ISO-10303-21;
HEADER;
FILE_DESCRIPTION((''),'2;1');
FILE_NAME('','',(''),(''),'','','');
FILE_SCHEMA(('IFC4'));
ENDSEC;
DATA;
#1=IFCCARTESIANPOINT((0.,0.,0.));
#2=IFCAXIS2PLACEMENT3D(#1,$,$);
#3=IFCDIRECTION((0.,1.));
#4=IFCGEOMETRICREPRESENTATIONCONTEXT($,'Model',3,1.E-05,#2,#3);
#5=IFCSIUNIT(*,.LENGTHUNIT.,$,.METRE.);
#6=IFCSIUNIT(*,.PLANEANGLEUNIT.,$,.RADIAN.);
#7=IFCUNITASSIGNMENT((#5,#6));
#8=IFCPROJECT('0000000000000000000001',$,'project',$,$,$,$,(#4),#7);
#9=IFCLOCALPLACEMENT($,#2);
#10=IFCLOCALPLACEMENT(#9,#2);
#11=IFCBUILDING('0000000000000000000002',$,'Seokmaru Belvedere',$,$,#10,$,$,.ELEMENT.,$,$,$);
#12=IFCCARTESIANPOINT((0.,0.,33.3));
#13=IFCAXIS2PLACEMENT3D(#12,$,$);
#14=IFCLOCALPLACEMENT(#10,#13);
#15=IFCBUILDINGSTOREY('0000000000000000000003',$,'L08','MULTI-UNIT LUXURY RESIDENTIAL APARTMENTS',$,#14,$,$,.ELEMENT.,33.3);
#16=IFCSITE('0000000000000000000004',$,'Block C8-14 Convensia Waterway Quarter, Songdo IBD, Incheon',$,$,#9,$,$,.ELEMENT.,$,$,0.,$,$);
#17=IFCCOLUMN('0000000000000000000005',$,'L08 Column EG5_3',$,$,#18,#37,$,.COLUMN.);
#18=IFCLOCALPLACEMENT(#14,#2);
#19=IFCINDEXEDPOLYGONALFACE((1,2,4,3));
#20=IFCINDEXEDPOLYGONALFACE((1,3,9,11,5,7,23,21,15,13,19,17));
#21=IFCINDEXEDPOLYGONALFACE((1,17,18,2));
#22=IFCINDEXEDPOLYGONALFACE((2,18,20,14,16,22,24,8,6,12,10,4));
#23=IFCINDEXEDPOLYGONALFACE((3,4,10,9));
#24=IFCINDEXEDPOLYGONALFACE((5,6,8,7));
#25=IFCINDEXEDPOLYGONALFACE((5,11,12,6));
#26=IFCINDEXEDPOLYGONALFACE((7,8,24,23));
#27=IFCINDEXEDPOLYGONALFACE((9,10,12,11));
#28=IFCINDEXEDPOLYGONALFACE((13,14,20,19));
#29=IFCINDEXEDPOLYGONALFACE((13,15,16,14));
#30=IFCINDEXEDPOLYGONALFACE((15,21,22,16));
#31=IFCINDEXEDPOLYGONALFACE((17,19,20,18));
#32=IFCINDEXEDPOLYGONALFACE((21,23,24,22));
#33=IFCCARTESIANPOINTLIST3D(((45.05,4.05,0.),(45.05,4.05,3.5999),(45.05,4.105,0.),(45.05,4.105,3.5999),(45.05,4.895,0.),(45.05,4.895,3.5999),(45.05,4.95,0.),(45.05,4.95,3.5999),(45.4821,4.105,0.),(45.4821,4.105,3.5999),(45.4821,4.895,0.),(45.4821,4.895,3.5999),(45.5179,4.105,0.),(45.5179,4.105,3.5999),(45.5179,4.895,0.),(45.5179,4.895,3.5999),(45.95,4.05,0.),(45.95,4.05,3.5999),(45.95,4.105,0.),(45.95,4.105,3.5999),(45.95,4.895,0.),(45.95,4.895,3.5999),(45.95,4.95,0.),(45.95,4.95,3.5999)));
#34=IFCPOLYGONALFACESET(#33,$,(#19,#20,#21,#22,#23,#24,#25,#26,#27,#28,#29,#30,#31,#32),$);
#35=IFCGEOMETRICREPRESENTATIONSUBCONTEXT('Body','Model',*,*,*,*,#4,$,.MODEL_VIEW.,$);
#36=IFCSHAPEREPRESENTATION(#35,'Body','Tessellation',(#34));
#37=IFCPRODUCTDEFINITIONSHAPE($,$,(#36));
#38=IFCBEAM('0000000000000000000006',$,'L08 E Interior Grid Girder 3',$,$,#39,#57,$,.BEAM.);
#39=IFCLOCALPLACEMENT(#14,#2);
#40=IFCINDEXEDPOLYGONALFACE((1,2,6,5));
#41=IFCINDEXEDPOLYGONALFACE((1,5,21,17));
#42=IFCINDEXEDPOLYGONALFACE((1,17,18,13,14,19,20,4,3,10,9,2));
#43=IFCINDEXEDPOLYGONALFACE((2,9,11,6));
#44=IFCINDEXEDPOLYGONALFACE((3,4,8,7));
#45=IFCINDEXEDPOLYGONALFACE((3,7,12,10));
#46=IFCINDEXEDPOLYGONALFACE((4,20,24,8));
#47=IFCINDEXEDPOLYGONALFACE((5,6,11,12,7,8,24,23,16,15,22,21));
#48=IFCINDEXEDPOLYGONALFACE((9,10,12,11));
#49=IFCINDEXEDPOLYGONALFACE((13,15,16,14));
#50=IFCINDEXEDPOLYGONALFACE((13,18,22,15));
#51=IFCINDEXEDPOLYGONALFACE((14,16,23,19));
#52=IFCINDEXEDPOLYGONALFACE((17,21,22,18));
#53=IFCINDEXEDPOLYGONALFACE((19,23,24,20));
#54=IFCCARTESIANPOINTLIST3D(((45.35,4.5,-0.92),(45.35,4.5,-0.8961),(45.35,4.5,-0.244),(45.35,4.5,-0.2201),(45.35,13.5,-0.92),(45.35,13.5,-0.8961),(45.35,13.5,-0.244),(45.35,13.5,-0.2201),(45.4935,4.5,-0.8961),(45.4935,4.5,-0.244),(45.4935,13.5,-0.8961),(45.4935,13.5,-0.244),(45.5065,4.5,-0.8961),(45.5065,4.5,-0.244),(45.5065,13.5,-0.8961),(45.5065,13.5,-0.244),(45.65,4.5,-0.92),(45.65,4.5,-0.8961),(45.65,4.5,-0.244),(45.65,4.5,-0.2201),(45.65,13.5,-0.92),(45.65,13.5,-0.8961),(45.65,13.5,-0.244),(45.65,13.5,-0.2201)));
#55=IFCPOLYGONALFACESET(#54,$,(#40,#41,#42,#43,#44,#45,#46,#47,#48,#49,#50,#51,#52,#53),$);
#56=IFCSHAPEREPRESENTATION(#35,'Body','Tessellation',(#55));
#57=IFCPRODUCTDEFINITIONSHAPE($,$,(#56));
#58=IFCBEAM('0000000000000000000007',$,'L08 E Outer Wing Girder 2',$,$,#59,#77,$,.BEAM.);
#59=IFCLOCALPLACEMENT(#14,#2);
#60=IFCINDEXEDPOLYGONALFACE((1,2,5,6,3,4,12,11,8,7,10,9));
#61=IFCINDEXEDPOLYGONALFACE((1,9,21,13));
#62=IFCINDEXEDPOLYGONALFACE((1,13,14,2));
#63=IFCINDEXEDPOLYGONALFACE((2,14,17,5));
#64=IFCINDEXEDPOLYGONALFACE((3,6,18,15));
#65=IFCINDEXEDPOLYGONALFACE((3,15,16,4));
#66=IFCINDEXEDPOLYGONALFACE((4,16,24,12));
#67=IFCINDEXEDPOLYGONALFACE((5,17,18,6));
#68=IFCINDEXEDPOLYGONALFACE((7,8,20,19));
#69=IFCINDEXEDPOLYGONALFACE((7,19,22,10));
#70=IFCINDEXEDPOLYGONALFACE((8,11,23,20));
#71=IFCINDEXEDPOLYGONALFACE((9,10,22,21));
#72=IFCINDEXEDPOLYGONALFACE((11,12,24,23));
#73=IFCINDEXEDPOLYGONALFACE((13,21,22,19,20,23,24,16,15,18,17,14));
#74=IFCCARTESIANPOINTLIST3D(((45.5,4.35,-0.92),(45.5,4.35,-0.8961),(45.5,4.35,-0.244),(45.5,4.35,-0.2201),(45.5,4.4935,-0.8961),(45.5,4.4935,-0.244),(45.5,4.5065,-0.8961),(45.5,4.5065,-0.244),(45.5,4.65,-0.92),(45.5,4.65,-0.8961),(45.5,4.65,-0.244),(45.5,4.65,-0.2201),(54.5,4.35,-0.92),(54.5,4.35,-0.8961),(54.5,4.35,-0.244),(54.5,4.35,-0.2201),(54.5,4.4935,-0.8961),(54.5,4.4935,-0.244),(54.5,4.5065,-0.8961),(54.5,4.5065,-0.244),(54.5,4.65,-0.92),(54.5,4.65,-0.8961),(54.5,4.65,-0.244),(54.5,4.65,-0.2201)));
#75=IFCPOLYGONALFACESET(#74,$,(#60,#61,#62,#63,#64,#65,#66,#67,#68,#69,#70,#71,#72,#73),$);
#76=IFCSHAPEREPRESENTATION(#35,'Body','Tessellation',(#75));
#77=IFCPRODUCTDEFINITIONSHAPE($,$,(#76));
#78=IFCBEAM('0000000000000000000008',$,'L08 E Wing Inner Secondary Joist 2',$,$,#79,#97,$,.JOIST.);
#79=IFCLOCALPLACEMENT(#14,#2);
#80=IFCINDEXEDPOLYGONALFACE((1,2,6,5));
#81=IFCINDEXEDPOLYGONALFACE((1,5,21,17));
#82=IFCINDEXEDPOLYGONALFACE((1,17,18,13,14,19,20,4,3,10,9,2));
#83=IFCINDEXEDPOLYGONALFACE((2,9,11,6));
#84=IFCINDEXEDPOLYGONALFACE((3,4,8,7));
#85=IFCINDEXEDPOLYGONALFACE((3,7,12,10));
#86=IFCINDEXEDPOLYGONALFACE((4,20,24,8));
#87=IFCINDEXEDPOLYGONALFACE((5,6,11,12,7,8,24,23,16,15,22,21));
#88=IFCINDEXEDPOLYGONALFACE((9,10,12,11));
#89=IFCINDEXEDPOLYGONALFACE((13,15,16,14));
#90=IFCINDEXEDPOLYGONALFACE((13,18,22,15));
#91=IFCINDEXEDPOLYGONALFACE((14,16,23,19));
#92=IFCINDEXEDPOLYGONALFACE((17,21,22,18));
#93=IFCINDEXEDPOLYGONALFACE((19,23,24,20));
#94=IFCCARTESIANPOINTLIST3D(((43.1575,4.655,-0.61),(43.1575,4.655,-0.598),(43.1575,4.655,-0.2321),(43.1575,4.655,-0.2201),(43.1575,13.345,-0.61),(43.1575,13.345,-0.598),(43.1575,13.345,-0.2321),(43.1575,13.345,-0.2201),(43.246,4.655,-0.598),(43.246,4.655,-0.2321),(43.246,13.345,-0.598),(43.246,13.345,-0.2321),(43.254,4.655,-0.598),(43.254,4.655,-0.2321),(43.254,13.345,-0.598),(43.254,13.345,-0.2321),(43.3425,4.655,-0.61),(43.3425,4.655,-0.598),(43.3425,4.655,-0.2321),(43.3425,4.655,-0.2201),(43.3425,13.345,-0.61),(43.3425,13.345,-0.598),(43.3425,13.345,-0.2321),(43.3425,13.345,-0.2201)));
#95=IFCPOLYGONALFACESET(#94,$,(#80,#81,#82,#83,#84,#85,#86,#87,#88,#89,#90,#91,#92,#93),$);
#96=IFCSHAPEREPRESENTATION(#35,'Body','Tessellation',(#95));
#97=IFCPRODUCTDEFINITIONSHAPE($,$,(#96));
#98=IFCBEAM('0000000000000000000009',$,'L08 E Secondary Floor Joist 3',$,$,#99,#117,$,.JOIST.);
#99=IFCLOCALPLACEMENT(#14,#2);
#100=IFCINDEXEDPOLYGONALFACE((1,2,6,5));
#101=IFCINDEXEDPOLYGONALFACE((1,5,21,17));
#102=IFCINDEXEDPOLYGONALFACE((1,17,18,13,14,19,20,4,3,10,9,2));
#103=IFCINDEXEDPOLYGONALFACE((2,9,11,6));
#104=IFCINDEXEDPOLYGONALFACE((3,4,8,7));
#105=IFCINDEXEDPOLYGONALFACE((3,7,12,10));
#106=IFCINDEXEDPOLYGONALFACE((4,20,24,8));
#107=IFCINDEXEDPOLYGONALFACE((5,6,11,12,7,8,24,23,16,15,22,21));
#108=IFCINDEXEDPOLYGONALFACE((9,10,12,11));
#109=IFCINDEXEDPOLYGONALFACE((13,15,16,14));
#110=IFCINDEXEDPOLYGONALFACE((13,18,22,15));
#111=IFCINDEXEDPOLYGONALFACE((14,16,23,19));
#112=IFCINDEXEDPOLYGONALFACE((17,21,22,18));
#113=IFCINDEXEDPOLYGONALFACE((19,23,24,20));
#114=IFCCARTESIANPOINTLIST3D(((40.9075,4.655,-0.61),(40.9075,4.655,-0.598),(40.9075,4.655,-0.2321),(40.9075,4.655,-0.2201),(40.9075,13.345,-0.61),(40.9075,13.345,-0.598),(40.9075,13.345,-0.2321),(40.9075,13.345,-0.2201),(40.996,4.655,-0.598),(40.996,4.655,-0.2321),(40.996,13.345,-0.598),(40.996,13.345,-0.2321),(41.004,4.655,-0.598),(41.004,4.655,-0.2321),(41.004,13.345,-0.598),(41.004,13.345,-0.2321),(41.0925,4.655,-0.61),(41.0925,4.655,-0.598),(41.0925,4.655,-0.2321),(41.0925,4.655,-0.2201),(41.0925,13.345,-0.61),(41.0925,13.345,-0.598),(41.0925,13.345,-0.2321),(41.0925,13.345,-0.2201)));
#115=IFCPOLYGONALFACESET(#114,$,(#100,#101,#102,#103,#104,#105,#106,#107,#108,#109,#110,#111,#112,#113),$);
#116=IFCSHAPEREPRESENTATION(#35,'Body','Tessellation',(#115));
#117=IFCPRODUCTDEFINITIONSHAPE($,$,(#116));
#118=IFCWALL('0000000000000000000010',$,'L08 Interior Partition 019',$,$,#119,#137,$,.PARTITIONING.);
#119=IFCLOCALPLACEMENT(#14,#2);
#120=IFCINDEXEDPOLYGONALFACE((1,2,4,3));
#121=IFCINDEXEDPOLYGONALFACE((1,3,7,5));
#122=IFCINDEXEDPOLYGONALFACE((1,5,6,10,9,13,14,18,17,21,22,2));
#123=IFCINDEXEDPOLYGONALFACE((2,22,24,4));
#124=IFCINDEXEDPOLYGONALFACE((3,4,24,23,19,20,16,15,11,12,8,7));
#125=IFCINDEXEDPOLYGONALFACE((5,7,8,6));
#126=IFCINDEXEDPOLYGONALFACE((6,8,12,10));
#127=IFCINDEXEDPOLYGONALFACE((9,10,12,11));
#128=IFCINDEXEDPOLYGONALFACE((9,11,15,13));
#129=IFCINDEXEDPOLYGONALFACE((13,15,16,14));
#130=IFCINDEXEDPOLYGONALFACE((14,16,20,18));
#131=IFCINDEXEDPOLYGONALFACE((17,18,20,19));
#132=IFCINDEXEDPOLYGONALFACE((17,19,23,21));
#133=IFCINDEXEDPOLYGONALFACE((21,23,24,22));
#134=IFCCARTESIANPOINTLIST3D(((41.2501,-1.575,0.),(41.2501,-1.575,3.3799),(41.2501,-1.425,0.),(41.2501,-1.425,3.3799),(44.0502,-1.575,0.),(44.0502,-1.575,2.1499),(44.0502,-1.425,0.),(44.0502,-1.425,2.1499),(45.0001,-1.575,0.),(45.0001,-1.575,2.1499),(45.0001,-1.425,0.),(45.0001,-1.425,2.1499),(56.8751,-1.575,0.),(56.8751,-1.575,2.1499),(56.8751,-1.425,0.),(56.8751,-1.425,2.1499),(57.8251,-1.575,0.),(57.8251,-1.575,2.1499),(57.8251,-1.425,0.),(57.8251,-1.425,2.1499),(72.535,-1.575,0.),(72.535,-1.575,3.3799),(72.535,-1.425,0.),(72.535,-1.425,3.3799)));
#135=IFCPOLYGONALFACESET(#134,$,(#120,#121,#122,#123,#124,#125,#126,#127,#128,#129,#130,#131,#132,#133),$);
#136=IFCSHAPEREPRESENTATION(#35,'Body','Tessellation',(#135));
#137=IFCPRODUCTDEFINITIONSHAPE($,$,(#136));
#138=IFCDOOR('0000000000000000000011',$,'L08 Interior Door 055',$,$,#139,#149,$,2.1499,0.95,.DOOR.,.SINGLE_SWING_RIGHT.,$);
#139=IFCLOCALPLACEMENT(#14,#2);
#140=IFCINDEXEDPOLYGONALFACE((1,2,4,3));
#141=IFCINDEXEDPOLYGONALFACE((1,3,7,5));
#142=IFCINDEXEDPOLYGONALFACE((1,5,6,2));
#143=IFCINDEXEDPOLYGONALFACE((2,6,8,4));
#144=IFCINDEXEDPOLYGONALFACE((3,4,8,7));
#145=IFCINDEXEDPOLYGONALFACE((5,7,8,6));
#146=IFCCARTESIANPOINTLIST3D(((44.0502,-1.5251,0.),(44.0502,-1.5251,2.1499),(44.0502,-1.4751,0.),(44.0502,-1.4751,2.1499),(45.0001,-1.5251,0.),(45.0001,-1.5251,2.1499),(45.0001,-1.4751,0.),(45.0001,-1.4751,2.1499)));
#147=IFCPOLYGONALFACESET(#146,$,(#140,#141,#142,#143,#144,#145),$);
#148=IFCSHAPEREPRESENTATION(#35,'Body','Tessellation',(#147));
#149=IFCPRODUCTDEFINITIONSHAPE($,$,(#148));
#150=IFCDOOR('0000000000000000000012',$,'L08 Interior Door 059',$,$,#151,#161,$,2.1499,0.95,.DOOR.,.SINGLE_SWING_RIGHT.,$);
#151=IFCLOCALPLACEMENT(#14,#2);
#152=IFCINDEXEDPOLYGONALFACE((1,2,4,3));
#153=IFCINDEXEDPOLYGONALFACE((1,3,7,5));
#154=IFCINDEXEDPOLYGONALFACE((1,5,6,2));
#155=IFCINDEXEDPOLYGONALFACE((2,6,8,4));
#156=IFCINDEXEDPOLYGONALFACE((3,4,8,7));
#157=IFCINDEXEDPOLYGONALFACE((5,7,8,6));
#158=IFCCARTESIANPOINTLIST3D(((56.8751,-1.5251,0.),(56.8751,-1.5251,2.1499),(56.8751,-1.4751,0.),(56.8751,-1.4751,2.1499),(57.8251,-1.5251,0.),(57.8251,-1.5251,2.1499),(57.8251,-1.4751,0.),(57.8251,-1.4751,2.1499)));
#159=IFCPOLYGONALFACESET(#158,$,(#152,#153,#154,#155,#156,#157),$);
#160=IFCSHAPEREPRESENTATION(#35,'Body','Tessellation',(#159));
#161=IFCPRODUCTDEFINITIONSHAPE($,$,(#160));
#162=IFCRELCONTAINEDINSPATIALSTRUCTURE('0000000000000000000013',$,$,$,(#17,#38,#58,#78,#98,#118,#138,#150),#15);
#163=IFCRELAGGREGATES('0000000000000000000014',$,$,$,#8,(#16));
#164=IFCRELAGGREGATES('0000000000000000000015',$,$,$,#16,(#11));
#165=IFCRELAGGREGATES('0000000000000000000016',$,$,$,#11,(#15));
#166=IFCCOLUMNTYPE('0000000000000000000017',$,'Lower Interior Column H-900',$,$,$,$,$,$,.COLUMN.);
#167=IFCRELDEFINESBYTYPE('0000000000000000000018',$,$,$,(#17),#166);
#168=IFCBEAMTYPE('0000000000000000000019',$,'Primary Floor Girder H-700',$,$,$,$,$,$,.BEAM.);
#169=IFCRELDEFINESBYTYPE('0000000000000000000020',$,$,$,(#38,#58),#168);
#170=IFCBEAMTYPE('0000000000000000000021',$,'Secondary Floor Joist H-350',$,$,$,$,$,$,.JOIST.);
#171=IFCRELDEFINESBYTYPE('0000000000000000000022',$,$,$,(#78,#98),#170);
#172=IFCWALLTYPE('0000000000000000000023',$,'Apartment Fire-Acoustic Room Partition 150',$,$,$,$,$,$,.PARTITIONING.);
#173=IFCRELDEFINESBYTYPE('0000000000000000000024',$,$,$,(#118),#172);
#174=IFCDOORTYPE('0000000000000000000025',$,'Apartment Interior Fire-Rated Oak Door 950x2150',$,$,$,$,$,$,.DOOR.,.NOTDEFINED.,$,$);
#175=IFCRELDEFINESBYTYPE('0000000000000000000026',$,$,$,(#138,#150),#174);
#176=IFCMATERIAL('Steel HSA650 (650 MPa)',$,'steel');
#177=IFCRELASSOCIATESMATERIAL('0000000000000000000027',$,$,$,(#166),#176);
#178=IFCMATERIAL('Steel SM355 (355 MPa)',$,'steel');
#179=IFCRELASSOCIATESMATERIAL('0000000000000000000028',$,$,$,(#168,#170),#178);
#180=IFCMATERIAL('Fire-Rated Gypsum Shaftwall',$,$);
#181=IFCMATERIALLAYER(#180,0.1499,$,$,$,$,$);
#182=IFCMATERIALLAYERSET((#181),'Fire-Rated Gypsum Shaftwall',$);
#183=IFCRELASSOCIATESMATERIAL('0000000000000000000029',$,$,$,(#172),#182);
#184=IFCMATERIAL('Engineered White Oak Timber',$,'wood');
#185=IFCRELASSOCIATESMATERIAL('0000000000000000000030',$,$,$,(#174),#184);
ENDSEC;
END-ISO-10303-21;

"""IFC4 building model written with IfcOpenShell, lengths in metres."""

from ifc_helpers import new_model, si_unit, direction, frame, frame_2d, origin, origin_2d, place, context, subcontext, project, spatial, rectangle, i_section, extrude, source, transform, mapped, material, layer, layer_set, material_profile, profile_set, type_object, type_shapes, element, fill, save


model = new_model("IFC4")

# Units and contexts
model_context = context("Model", 3, precision=1e-05, world=origin(), true_north=direction((0.0, 1.0)))
body_context = subcontext(model_context, "Body", "Model", "MODEL_VIEW")
ifc_project = project(units=[si_unit("LENGTHUNIT", "METRE"), si_unit("PLANEANGLEUNIT", "RADIAN")], contexts=[model_context])

# Site, building, storey
site_placement = place(None, origin())
site = spatial("IfcSite", under=ifc_project, at=site_placement, Name="Block C8-14 Convensia Waterway Quarter, Songdo IBD, Incheon", CompositionType="ELEMENT", RefElevation=0.0)
building_placement = place(site_placement, origin())
building = spatial("IfcBuilding", under=site, at=building_placement, Name="Seokmaru Belvedere", CompositionType="ELEMENT")
storey_placement = place(building_placement, frame((0.0, 0.0, 33.3)))
storey = spatial("IfcBuildingStorey", under=building, at=storey_placement, Name="L08", Description="MULTI-UNIT LUXURY RESIDENTIAL APARTMENTS", CompositionType="ELEMENT", Elevation=33.3)

# Column
ifc_material_1 = material(Name="Steel HSA650 (650 MPa)", Category="steel")
ifc_material_profile_1 = material_profile(ifc_material_1, i_section(OverallWidth=0.8999, OverallDepth=0.8999, WebThickness=0.0359, FlangeThickness=0.0549, at=origin_2d()), Name="H-900x900x36x55")
ifc_profile_set_1 = profile_set([ifc_material_profile_1], Name="Steel HSA650 (650 MPa)")
column_type = type_object("IfcColumnType", Name="Lower Interior Column H-900", PredefinedType="COLUMN", material=ifc_profile_set_1)
shared_shape_1 = source(origin(), body_context, "Body", "SweptSolid", [
    extrude(i_section(OverallWidth=0.8999, OverallDepth=0.8999, WebThickness=0.0359, FlangeThickness=0.0549, at=origin_2d()), origin(), (0.0, 0.0, 1.0), 3.5999),
])
type_shapes(column_type, [shared_shape_1])
column_placement = place(storey_placement, frame((45.5, 4.5, 0.0), z_axis=(0.0, 0.0, 1.0), x_axis=(1.0, 0.0, 0.0)))
element("IfcColumn", 1, at=column_placement, inside=storey, type_object=column_type, Name="L08 Column EG5_3", PredefinedType="COLUMN", context=body_context, shape_type="MappedRepresentation", body=[
    mapped(shared_shape_1, transform((0.0, 0.0, 0.0), scale=1.0)),
])

# Beams
ifc_material_2 = material(Name="Steel SM355 (355 MPa)", Category="steel")
ifc_material_profile_2 = material_profile(ifc_material_2, i_section(OverallWidth=0.3, OverallDepth=0.7, WebThickness=0.0129, FlangeThickness=0.0239, at=origin_2d()), Name="H-700x300x13x24")
ifc_profile_set_2 = profile_set([ifc_material_profile_2], Name="Steel SM355 (355 MPa)")
beam_type_1 = type_object("IfcBeamType", Name="Primary Floor Girder H-700", PredefinedType="BEAM", material=ifc_profile_set_2)
shared_shape_2 = source(origin(), body_context, "Body", "SweptSolid", [
    extrude(i_section(OverallWidth=0.3, OverallDepth=0.7, WebThickness=0.0129, FlangeThickness=0.0239, at=origin_2d()), origin(), (0.0, 0.0, 1.0), 9.0),
])
type_shapes(beam_type_1, [shared_shape_2])
for number, where, z_axis, x_axis, name in (
    (2, (45.5, 4.5, -0.5701), (0.0, 1.0, 0.0), (-1.0, 0.0, 0.0), "L08 E Interior Grid Girder 3"),
    (3, (45.5, 4.5, -0.5701), (1.0, 0.0, 0.0), (0.0, 1.0, 0.0), "L08 E Outer Wing Girder 2"),
):
    element("IfcBeam", number, at=place(storey_placement, frame(where, z_axis=z_axis, x_axis=x_axis)), inside=storey, type_object=beam_type_1, Name=name, PredefinedType="BEAM", context=body_context, shape_type="MappedRepresentation", body=[
        mapped(shared_shape_2, transform((0.0, 0.0, 0.0), scale=1.0)),
    ])
ifc_material_profile_3 = material_profile(ifc_material_2, i_section(OverallWidth=0.1851, OverallDepth=0.3899, WebThickness=0.0081, FlangeThickness=0.012, at=origin_2d()), Name="H-390x185x8x12")
ifc_profile_set_3 = profile_set([ifc_material_profile_3], Name="Steel SM355 (355 MPa)")
beam_type_2 = type_object("IfcBeamType", Name="Secondary Floor Joist H-350", PredefinedType="JOIST", material=ifc_profile_set_3)
shared_shape_3 = source(origin(), body_context, "Body", "SweptSolid", [
    extrude(i_section(OverallWidth=0.1851, OverallDepth=0.3899, WebThickness=0.0081, FlangeThickness=0.012, at=origin_2d()), origin(), (0.0, 0.0, 1.0), 8.6899),
])
type_shapes(beam_type_2, [shared_shape_3])
for number, where, z_axis, x_axis, name in (
    (4, (43.25, 4.655, -0.415), (0.0, 1.0, 0.0), (-1.0, 0.0, 0.0), "L08 E Wing Inner Secondary Joist 2"),
    (5, (41.0, 4.655, -0.415), (0.0, 1.0, 0.0), (-1.0, 0.0, 0.0), "L08 E Secondary Floor Joist 3"),
):
    element("IfcBeam", number, at=place(storey_placement, frame(where, z_axis=z_axis, x_axis=x_axis)), inside=storey, type_object=beam_type_2, Name=name, PredefinedType="JOIST", context=body_context, shape_type="MappedRepresentation", body=[
        mapped(shared_shape_3, transform((0.0, 0.0, 0.0), scale=1.0)),
    ])

# Wall, openings, doors
ifc_material_3 = material(Name="Fire-Rated Gypsum Shaftwall")
ifc_layer_1 = layer(ifc_material_3, 0.1499)
ifc_layer_set_1 = layer_set([ifc_layer_1], Name="Fire-Rated Gypsum Shaftwall")
wall_type_1 = type_object("IfcWallType", Name="Apartment Fire-Acoustic Room Partition 150", PredefinedType="PARTITIONING", material=ifc_layer_set_1)
wall_1_placement = place(storey_placement, frame((41.25, -1.5, 0.0), z_axis=(0.0, 0.0, 1.0), x_axis=(1.0, 0.0, 0.0)))
wall_1 = element("IfcWall", 6, at=wall_1_placement, inside=storey, type_object=wall_type_1, Name="L08 Interior Partition 019", PredefinedType="PARTITIONING", context=body_context, shape_type="SweptSolid", body=[
    extrude(rectangle(XDim=31.2849, YDim=0.1499, at=frame_2d((15.6426, 0.0))), origin(), (0.0, 0.0, 1.0), 3.3799),
])
opening_1_placement = place(wall_1_placement, frame((2.8, 0.0, 0.0)))
opening_1 = element("IfcOpeningElement", 7, at=opening_1_placement, cuts=wall_1, PredefinedType="OPENING", context=body_context, shape_type="SweptSolid", body=[
    extrude(rectangle(XDim=0.95, YDim=2.1499, at=frame_2d((0.4751, 1.075))), frame((0.0, 0.085, 0.0), z_axis=(0.0, -1.0, 0.0), x_axis=(1.0, 0.0, 0.0)), (0.0, 0.0, 1.0), 0.1699),
])
opening_2_placement = place(wall_1_placement, frame((15.625, 0.0, 0.0)))
opening_2 = element("IfcOpeningElement", 8, at=opening_2_placement, cuts=wall_1, PredefinedType="OPENING", context=body_context, shape_type="SweptSolid", body=[
    extrude(rectangle(XDim=0.95, YDim=2.1499, at=frame_2d((0.4751, 1.075))), frame((0.0, 0.085, 0.0), z_axis=(0.0, -1.0, 0.0), x_axis=(1.0, 0.0, 0.0)), (0.0, 0.0, 1.0), 0.1699),
])
ifc_material_4 = material(Name="Engineered White Oak Timber", Category="wood")
door_type_1 = type_object("IfcDoorType", Name="Apartment Interior Fire-Rated Oak Door 950x2150", OperationType="NOTDEFINED", PredefinedType="DOOR", material=ifc_material_4)
shared_shape_4 = source(origin(), body_context, "Body", "SweptSolid", [
    extrude(rectangle(XDim=0.95, YDim=2.1499, at=frame_2d((0.4751, 1.075))), frame((0.0, 0.0249, 0.0), z_axis=(0.0, -1.0, 0.0), x_axis=(1.0, 0.0, 0.0)), (0.0, 0.0, 1.0), 0.05),
])
type_shapes(door_type_1, [shared_shape_4])
door_1_placement = place(opening_1_placement, origin())
door_1 = element("IfcDoor", 9, at=door_1_placement, inside=storey, type_object=door_type_1, Name="L08 Interior Door 055", OperationType="SINGLE_SWING_RIGHT", OverallHeight=2.1499, OverallWidth=0.95, PredefinedType="DOOR", context=body_context, shape_type="MappedRepresentation", body=[
    mapped(shared_shape_4, transform((0.0, 0.0, 0.0), scale=1.0)),
])
fill(opening_1, door_1)
door_2_placement = place(opening_2_placement, origin())
door_2 = element("IfcDoor", 10, at=door_2_placement, inside=storey, type_object=door_type_1, Name="L08 Interior Door 059", OperationType="SINGLE_SWING_RIGHT", OverallHeight=2.1499, OverallWidth=0.95, PredefinedType="DOOR", context=body_context, shape_type="MappedRepresentation", body=[
    mapped(shared_shape_4, transform((0.0, 0.0, 0.0), scale=1.0)),
])
fill(opening_2, door_2)

save(model, "model.ifc")
